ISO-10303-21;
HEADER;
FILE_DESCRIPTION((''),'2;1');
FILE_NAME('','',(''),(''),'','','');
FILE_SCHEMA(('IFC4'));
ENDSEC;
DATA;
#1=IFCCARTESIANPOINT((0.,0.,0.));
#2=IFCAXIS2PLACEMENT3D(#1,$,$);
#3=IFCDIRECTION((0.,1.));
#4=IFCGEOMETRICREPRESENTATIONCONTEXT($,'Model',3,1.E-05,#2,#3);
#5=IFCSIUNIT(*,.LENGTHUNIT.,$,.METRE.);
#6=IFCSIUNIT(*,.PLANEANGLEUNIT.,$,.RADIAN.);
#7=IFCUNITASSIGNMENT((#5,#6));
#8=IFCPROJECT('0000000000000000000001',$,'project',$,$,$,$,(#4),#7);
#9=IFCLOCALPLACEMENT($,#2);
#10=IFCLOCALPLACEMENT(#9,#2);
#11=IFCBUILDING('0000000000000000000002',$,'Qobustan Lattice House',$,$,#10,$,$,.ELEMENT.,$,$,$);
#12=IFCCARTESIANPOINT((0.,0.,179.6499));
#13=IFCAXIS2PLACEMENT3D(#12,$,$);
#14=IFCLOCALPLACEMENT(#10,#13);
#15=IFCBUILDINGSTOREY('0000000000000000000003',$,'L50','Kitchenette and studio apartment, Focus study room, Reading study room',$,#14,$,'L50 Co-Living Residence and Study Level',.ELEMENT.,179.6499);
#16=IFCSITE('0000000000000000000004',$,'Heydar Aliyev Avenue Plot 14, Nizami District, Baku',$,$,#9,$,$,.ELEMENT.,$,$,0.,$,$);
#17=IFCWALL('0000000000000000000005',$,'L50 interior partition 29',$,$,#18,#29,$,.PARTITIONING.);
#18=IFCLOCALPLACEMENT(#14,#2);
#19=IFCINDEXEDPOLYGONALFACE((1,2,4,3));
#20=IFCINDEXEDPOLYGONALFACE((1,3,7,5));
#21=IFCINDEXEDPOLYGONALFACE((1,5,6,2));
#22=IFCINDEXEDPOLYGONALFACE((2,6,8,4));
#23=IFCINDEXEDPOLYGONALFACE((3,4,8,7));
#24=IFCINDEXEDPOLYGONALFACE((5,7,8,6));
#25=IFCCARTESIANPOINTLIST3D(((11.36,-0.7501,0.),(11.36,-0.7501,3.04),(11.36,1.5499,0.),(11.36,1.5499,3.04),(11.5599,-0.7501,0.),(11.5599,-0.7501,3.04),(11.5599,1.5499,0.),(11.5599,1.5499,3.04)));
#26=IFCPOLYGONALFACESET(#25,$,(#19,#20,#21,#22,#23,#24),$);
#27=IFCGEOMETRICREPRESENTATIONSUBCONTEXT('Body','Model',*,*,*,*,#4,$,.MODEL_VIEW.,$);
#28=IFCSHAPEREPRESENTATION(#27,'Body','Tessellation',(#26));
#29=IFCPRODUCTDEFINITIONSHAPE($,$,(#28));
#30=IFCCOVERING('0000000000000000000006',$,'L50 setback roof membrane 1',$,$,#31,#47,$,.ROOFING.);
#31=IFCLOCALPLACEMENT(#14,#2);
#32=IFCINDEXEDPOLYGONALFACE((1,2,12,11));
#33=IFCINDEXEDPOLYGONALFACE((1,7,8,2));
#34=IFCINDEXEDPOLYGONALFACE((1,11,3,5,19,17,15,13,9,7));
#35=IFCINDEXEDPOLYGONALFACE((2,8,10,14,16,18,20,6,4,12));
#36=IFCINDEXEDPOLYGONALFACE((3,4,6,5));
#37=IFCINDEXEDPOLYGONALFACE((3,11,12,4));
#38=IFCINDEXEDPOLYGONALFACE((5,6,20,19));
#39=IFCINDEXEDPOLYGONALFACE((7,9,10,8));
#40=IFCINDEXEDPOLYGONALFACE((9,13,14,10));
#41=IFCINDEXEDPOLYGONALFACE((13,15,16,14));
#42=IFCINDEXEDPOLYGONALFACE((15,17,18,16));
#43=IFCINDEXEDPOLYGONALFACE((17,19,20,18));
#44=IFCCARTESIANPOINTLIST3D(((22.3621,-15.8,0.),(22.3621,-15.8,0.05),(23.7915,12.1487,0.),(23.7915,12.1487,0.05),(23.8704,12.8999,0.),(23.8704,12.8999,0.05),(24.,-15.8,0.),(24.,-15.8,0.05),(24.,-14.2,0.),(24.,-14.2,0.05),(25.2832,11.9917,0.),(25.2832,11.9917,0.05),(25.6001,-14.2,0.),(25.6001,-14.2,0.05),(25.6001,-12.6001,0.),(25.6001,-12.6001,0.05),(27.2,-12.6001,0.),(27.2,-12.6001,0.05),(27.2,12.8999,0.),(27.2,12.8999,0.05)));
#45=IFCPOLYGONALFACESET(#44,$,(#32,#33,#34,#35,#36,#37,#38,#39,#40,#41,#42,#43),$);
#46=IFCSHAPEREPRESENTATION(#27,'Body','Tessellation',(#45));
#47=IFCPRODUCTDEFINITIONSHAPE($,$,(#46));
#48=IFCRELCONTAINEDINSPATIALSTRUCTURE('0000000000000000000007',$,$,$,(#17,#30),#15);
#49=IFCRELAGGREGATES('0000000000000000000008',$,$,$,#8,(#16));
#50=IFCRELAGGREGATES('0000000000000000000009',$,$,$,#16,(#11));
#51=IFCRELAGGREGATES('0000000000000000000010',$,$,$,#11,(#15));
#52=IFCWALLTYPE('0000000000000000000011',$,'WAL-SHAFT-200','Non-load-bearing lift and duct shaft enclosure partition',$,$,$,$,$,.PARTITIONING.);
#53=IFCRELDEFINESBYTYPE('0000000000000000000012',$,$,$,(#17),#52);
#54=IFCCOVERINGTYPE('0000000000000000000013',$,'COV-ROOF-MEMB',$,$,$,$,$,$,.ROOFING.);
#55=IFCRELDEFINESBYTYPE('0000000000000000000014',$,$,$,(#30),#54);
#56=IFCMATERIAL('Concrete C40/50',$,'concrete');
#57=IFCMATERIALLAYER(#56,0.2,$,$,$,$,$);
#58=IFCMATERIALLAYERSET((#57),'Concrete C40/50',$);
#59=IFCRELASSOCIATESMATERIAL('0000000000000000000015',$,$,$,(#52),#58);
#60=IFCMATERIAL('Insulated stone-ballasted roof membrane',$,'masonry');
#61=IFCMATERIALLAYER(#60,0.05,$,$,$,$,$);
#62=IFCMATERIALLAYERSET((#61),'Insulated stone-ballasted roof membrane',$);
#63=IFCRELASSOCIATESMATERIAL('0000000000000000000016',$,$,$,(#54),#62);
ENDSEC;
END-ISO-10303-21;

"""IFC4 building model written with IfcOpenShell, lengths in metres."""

from ifc_helpers import new_model, si_unit, direction, frame, frame_2d, origin, place, context, subcontext, project, spatial, polyline, rectangle, outline, extrude, material, layer, layer_set, type_object, element, save


model = new_model("IFC4")

# Units and contexts
model_context = context("Model", 3, precision=1e-05, world=origin(), true_north=direction((0.0, 1.0)))
body_context = subcontext(model_context, "Body", "Model", "MODEL_VIEW")
ifc_project = project(units=[si_unit("LENGTHUNIT", "METRE"), si_unit("PLANEANGLEUNIT", "RADIAN")], contexts=[model_context])

# Site, building, storey
site_placement = place(None, origin())
site = spatial("IfcSite", under=ifc_project, at=site_placement, Name="Heydar Aliyev Avenue Plot 14, Nizami District, Baku", CompositionType="ELEMENT", RefElevation=0.0)
building_placement = place(site_placement, origin())
building = spatial("IfcBuilding", under=site, at=building_placement, Name="Qobustan Lattice House", CompositionType="ELEMENT")
storey_placement = place(building_placement, frame((0.0, 0.0, 179.6499)))
storey = spatial("IfcBuildingStorey", under=building, at=storey_placement, Name="L50", Description="Kitchenette and studio apartment, Focus study room, Reading study room", LongName="L50 Co-Living Residence and Study Level", CompositionType="ELEMENT", Elevation=179.6499)

# Shared definitions
ifc_material_1 = material(Name="Concrete C40/50", Category="concrete")
ifc_layer_1 = layer(ifc_material_1, 0.2)
ifc_layer_set_1 = layer_set([ifc_layer_1], Name="Concrete C40/50")
wall_type_1 = type_object("IfcWallType", Name="WAL-SHAFT-200", Description="Non-load-bearing lift and duct shaft enclosure partition", PredefinedType="PARTITIONING", material=ifc_layer_set_1)

# Wall
wall_1_placement = place(storey_placement, frame((11.46, -0.75, 0.0), z_axis=(0.0, 0.0, 1.0), x_axis=(0.0, 1.0, 0.0)))
element("IfcWall", 1, at=wall_1_placement, inside=storey, type_object=wall_type_1, Name="L50 interior partition 29", PredefinedType="PARTITIONING", context=body_context, shape_type="SweptSolid", body=[
    extrude(rectangle(XDim=2.3, YDim=0.2, at=frame_2d((1.1499, 0.0))), origin(), (0.0, 0.0, 1.0), 3.04),
])

# Covering
ifc_material_2 = material(Name="Insulated stone-ballasted roof membrane", Category="masonry")
ifc_layer_2 = layer(ifc_material_2, 0.05)
ifc_layer_set_2 = layer_set([ifc_layer_2], Name="Insulated stone-ballasted roof membrane")
covering_type = type_object("IfcCoveringType", Name="COV-ROOF-MEMB", PredefinedType="ROOFING", material=ifc_layer_set_2)
covering_placement = place(storey_placement, origin())
element("IfcCovering", 2, at=covering_placement, inside=storey, type_object=covering_type, Name="L50 setback roof membrane 1", PredefinedType="ROOFING", context=body_context, shape_type="SweptSolid", body=[
    extrude(outline(polyline([(27.2, 12.8999), (23.8704, 12.8999), (23.7915, 12.1487), (25.2832, 11.9917), (22.3621, -15.8), (24.0, -15.8), (24.0, -14.2), (25.6001, -14.2), (25.6001, -12.6001), (27.2, -12.6001), (27.2, 12.8999)])), origin(), (0.0, 0.0, 1.0), 0.05),
])

save(model, "model.ifc")
